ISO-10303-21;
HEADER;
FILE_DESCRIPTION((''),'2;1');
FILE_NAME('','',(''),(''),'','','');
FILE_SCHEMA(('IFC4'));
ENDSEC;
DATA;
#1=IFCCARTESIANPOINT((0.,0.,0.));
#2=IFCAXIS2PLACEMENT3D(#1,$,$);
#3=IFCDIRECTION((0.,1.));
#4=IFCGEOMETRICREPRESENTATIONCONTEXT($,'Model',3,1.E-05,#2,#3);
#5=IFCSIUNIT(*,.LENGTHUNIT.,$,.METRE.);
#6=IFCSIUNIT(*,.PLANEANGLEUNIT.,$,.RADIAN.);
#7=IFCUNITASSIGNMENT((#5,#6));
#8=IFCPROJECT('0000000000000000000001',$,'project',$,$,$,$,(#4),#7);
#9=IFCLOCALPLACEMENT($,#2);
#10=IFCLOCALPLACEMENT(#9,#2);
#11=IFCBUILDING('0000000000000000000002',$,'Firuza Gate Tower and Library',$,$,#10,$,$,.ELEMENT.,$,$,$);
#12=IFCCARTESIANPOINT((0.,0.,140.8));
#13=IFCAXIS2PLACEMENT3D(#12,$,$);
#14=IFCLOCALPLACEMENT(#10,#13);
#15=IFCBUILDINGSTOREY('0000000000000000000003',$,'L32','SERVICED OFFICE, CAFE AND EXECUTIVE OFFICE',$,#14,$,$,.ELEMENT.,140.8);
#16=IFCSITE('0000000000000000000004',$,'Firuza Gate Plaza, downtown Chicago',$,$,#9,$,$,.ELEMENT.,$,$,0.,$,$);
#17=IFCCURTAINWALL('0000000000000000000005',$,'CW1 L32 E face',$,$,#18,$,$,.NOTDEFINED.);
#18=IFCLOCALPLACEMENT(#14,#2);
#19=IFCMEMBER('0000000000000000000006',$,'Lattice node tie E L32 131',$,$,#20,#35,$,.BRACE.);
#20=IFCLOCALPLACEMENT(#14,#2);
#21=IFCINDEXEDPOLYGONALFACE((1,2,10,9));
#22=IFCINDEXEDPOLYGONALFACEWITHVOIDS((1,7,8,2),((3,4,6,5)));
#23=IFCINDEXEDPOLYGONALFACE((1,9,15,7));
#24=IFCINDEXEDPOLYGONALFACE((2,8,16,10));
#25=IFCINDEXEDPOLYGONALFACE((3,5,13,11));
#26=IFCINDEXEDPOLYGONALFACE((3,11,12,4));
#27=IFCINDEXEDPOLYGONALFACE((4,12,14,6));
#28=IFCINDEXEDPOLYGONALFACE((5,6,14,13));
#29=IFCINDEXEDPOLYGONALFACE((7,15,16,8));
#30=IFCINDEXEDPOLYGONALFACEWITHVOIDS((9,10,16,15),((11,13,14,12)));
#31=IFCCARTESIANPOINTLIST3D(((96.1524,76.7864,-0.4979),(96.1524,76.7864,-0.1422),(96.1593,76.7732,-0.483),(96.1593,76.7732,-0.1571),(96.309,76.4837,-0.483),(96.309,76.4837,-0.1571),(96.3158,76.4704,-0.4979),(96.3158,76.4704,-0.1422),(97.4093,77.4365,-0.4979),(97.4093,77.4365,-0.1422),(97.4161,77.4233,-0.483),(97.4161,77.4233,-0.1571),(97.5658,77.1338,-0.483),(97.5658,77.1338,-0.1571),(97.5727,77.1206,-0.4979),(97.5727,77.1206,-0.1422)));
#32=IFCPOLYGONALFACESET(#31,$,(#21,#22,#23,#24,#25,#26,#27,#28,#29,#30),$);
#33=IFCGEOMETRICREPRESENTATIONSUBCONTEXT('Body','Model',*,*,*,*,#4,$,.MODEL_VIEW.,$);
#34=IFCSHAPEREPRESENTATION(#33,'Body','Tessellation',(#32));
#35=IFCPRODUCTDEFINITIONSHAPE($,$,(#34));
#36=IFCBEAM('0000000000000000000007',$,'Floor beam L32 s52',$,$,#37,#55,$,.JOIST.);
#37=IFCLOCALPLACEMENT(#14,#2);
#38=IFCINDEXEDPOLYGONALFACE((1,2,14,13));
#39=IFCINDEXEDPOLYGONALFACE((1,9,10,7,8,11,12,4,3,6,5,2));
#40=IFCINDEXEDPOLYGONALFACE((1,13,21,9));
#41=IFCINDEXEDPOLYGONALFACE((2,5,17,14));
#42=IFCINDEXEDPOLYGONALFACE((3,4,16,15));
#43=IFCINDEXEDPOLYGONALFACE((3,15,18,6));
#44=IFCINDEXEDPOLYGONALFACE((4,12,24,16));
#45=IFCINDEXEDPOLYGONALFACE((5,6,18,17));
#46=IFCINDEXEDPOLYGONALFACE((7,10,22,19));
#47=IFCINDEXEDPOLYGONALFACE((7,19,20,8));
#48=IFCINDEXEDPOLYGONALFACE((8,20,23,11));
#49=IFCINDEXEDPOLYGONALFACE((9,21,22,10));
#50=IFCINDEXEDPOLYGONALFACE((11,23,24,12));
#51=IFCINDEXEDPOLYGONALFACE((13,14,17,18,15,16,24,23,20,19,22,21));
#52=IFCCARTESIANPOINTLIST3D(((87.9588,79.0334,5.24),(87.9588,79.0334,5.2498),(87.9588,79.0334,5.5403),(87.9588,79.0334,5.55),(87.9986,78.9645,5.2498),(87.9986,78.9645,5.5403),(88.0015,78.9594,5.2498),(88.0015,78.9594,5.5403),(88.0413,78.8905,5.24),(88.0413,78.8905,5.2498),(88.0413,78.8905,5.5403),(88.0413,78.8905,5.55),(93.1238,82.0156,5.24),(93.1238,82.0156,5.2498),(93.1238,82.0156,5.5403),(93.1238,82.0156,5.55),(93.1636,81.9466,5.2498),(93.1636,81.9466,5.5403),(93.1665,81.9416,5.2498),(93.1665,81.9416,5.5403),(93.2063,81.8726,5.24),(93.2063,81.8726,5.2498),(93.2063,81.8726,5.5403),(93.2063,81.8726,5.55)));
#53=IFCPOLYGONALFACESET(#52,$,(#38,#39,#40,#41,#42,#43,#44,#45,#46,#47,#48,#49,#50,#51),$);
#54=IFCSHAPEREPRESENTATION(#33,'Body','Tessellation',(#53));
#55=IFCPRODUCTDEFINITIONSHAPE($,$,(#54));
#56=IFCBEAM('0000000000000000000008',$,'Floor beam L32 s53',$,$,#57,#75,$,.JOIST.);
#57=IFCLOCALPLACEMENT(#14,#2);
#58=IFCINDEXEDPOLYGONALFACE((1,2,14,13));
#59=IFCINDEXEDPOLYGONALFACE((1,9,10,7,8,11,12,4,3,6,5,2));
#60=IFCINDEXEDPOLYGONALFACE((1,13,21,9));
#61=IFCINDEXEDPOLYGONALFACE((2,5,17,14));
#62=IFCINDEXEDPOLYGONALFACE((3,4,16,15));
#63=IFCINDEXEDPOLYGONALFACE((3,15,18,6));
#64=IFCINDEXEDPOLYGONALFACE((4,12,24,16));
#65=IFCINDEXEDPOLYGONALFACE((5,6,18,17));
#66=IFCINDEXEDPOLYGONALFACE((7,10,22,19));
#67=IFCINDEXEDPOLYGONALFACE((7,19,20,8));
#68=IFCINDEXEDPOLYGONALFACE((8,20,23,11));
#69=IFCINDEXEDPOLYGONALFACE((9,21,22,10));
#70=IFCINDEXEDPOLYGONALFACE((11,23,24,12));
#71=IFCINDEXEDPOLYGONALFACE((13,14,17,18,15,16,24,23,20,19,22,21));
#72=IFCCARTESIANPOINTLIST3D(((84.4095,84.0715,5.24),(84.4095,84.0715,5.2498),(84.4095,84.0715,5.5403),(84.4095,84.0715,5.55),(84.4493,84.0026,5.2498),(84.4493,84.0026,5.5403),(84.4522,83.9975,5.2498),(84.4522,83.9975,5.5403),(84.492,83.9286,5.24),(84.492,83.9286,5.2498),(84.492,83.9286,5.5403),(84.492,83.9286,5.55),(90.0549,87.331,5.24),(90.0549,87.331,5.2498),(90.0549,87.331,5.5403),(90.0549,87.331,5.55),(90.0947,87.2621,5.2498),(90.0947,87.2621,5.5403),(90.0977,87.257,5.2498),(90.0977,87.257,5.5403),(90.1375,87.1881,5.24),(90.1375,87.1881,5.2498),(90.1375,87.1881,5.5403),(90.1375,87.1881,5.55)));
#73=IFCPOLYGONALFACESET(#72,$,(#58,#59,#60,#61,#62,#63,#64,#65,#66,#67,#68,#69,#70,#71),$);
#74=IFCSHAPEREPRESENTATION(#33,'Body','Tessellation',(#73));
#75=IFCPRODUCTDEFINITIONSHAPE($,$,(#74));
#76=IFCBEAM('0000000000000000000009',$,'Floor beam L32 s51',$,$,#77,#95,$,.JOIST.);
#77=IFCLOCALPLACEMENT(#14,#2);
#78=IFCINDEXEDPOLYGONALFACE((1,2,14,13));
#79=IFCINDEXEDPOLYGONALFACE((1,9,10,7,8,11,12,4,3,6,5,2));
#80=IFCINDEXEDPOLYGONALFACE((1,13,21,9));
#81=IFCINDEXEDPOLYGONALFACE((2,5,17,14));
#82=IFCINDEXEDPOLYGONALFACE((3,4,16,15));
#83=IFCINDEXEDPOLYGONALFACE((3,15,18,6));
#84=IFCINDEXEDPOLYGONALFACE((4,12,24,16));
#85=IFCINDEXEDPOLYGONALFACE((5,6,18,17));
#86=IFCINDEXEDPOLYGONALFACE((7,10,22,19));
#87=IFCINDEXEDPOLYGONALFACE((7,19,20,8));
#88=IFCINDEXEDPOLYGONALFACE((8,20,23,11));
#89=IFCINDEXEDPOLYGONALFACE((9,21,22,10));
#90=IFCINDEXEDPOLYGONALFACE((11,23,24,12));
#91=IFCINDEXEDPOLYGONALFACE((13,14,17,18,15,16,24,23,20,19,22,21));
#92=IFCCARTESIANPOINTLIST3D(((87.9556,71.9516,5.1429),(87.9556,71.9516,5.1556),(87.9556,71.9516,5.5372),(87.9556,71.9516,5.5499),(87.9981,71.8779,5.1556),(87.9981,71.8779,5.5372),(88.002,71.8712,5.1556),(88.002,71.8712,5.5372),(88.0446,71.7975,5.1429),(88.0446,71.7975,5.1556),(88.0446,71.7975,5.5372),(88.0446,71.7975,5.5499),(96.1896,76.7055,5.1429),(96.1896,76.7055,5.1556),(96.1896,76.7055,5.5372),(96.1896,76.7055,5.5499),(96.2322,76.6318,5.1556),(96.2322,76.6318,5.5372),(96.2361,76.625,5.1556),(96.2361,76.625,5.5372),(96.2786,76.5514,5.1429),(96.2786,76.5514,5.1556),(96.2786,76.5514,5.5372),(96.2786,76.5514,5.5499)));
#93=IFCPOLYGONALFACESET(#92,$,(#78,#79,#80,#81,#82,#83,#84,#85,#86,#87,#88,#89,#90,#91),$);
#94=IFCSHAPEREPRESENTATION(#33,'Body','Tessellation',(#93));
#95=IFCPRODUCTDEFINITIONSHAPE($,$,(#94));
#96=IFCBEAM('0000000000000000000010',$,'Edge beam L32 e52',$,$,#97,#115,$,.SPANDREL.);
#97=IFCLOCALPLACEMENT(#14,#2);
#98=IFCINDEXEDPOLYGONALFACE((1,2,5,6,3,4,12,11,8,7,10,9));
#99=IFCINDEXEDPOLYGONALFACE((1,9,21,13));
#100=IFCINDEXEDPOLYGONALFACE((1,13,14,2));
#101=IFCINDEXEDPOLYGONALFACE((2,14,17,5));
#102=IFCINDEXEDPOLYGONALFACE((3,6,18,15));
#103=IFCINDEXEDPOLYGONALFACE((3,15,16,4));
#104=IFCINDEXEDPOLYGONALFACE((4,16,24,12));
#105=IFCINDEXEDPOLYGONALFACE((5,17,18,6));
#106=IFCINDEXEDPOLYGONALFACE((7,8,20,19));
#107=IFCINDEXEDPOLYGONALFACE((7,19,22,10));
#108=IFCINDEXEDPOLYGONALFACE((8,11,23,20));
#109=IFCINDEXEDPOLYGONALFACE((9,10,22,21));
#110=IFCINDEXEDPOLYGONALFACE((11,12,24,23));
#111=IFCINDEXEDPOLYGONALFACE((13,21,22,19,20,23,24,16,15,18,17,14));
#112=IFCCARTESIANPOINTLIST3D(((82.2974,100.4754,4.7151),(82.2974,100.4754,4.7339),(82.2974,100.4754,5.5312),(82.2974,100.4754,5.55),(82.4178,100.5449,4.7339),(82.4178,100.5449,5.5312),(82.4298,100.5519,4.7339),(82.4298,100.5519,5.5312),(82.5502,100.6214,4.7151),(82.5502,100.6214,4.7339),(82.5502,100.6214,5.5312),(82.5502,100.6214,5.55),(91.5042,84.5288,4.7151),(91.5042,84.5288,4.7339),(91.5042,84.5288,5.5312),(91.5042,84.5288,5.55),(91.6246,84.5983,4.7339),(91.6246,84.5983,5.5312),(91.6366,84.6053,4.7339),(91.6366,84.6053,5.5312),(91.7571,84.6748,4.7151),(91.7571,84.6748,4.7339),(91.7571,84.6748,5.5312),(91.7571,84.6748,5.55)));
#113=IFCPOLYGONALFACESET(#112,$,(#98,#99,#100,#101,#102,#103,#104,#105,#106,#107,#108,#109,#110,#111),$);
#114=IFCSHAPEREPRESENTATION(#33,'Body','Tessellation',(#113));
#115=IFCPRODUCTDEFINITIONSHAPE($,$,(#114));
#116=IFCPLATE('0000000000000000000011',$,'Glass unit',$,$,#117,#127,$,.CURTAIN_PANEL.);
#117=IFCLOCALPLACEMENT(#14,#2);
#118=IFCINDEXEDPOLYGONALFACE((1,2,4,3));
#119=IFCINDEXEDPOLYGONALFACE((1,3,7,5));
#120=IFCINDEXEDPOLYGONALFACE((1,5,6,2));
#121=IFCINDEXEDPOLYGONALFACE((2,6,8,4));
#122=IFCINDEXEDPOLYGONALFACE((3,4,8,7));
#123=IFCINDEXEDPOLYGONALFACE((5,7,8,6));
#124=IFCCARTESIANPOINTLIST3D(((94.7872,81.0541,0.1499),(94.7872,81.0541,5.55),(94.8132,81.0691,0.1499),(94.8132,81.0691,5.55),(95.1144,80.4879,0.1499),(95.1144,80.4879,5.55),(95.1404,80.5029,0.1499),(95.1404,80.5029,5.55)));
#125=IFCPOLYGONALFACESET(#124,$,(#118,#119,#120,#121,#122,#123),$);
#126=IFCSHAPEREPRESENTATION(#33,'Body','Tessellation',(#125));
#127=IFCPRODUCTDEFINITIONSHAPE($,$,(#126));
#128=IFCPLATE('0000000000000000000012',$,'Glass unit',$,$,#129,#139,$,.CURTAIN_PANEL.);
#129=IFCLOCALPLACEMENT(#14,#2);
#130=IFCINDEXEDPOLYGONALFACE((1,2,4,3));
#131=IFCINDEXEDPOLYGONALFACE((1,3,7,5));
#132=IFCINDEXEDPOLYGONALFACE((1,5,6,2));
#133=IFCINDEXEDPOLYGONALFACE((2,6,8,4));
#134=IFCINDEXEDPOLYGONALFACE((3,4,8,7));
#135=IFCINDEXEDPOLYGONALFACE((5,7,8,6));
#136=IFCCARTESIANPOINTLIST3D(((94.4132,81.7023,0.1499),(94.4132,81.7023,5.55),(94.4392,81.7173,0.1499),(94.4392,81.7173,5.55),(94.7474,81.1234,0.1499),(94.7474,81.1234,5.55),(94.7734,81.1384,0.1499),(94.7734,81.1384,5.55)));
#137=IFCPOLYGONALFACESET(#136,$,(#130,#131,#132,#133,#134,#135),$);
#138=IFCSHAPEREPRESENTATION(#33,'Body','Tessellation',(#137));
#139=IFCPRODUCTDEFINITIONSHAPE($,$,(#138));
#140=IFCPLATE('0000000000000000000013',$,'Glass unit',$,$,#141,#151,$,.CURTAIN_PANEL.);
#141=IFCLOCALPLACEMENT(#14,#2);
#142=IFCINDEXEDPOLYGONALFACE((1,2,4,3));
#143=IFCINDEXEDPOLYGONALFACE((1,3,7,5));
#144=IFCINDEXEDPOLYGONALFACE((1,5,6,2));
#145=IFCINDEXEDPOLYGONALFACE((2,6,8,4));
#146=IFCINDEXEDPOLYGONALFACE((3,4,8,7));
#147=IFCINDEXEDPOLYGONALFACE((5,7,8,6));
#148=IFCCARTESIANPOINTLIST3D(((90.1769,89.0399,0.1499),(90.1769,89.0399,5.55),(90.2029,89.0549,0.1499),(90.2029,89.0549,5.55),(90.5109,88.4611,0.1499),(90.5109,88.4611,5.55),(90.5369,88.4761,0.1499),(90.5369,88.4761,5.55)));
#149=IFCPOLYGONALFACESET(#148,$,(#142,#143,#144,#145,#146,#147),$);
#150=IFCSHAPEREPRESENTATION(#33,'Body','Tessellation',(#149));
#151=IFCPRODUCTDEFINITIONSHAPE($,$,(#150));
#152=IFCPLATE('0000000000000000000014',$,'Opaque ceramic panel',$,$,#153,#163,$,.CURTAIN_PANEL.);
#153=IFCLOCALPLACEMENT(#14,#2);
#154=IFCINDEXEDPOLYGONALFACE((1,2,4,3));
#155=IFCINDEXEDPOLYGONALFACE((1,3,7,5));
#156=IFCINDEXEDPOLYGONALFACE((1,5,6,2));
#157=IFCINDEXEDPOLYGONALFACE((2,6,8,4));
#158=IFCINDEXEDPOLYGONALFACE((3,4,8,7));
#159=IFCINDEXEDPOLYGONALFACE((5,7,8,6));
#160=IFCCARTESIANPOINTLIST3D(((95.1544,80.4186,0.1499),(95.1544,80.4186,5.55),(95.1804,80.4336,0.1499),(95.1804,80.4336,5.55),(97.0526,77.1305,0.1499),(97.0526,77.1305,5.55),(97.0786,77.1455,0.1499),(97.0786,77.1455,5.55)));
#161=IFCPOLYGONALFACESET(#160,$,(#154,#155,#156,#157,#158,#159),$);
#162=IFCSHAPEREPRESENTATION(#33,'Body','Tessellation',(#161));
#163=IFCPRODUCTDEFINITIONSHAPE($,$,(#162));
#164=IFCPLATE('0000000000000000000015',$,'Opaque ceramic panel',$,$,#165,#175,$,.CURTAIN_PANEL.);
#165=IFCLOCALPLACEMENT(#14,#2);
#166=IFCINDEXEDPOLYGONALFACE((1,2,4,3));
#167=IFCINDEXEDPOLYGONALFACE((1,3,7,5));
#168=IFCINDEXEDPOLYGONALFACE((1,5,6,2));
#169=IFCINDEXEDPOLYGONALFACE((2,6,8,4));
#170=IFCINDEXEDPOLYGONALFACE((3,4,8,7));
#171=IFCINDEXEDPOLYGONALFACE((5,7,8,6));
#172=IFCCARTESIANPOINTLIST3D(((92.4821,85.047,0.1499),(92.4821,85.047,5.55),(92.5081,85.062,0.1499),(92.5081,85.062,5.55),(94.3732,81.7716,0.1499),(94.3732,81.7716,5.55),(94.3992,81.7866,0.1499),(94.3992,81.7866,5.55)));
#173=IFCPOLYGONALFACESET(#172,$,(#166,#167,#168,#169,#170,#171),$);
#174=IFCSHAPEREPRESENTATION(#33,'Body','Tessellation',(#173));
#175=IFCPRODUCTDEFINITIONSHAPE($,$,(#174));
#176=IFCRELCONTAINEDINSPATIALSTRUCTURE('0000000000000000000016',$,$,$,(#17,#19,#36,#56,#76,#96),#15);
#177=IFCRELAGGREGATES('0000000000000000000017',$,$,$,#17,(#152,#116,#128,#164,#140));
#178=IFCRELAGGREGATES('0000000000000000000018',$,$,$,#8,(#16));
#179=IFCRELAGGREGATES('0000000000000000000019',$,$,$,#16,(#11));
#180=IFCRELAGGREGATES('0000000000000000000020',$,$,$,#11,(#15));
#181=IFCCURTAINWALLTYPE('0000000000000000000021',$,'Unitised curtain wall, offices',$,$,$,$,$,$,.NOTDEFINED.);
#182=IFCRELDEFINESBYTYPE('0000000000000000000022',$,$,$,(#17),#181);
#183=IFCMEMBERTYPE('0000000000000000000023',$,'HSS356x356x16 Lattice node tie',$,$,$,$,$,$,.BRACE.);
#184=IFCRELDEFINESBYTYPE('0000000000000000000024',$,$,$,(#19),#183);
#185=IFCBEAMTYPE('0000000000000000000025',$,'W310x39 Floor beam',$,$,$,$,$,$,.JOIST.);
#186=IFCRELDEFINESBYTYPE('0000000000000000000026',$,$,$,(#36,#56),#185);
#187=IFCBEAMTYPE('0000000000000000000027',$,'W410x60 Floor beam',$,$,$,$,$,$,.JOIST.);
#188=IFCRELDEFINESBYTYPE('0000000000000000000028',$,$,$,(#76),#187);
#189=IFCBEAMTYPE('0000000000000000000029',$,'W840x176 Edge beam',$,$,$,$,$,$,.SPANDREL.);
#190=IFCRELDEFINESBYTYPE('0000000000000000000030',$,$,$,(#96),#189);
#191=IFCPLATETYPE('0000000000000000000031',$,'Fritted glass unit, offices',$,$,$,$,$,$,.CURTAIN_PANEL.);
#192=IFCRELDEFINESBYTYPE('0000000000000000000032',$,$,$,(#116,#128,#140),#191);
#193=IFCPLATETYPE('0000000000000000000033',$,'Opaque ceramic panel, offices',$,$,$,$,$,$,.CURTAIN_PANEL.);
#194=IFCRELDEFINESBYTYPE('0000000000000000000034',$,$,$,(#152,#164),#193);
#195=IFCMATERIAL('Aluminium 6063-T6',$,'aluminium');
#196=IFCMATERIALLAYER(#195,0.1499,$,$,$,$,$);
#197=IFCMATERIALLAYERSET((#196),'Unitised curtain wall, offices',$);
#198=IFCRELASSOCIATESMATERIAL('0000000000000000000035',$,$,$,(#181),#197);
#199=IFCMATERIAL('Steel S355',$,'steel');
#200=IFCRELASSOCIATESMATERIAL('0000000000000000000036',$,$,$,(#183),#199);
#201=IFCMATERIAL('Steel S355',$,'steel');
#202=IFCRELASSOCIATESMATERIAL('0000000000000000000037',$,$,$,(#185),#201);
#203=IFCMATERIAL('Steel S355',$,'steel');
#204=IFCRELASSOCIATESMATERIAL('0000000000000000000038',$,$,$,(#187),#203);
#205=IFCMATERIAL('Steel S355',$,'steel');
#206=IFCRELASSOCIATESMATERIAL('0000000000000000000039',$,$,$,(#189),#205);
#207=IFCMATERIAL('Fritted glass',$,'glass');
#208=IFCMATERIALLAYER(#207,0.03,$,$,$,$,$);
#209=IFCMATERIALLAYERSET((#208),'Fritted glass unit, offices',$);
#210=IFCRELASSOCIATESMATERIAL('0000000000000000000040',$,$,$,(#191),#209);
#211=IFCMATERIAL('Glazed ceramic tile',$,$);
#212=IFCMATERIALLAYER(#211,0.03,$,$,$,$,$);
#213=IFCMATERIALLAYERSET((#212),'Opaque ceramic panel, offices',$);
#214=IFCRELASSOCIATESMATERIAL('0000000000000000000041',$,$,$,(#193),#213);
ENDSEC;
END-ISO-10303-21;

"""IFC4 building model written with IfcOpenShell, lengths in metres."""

from ifc_helpers import new_model, si_unit, direction, frame, origin, origin_2d, place, context, subcontext, project, spatial, polyline, hollow_rectangle, i_section, outline, extrude, material, layer, layer_set, material_profile, profile_set, type_object, element, aggregate, save


model = new_model("IFC4")

# Units and contexts
model_context = context("Model", 3, precision=1e-05, world=origin(), true_north=direction((0.0, 1.0)))
body_context = subcontext(model_context, "Body", "Model", "MODEL_VIEW")
ifc_project = project(units=[si_unit("LENGTHUNIT", "METRE"), si_unit("PLANEANGLEUNIT", "RADIAN")], contexts=[model_context])

# Site, building, storey
site_placement = place(None, origin())
site = spatial("IfcSite", under=ifc_project, at=site_placement, Name="Firuza Gate Plaza, downtown Chicago", CompositionType="ELEMENT", RefElevation=0.0)
building_placement = place(site_placement, origin())
building = spatial("IfcBuilding", under=site, at=building_placement, Name="Firuza Gate Tower and Library", CompositionType="ELEMENT")
storey_placement = place(building_placement, frame((0.0, 0.0, 140.8)))
storey = spatial("IfcBuildingStorey", under=building, at=storey_placement, Name="L32", Description="SERVICED OFFICE, CAFE AND EXECUTIVE OFFICE", CompositionType="ELEMENT", Elevation=140.8)

# Curtain wall
ifc_material_1 = material(Name="Aluminium 6063-T6", Category="aluminium")
ifc_layer_1 = layer(ifc_material_1, 0.1499)
ifc_layer_set_1 = layer_set([ifc_layer_1], Name="Unitised curtain wall, offices")
curtain_wall_type = type_object("IfcCurtainWallType", Name="Unitised curtain wall, offices", PredefinedType="NOTDEFINED", material=ifc_layer_set_1)
curtain_wall_placement = place(storey_placement, origin())
curtain_wall = element("IfcCurtainWall", 1, at=curtain_wall_placement, inside=storey, type_object=curtain_wall_type, Name="CW1 L32 E face", PredefinedType="NOTDEFINED")

# Member
ifc_material_2 = material(Name="Steel S355", Category="steel")
ifc_material_profile_1 = material_profile(ifc_material_2, hollow_rectangle(XDim=0.3557, YDim=0.3557, WallThickness=0.0149, at=origin_2d()))
ifc_profile_set_1 = profile_set([ifc_material_profile_1], Name="Steel S355")
member_type_1 = type_object("IfcMemberType", Name="HSS356x356x16 Lattice node tie", PredefinedType="BRACE", material=ifc_profile_set_1)
member_1_placement = place(storey_placement, frame((96.2341, 76.6284, -0.3201), z_axis=(0.888201, 0.459456, 0.0), x_axis=(-0.459456, 0.888201, 0.0)))
element("IfcMember", 2, at=member_1_placement, inside=storey, type_object=member_type_1, Name="Lattice node tie E L32 131", PredefinedType="BRACE", context=body_context, shape_type="SweptSolid", body=[
    extrude(hollow_rectangle(XDim=0.3557, YDim=0.3557, WallThickness=0.0149, at=origin_2d()), origin(), (0.0, 0.0, 1.0), 1.415),
])

# Beams
ifc_material_3 = material(Name="Steel S355", Category="steel")
ifc_material_profile_2 = material_profile(ifc_material_3, i_section(OverallWidth=0.165, OverallDepth=0.3101, WebThickness=0.0059, FlangeThickness=0.0098, at=origin_2d()))
ifc_profile_set_2 = profile_set([ifc_material_profile_2], Name="Steel S355")
beam_type_1 = type_object("IfcBeamType", Name="W310x39 Floor beam", PredefinedType="JOIST", material=ifc_profile_set_2)
beam_1_placement = place(storey_placement, frame((93.165, 81.9441, 5.395), z_axis=(-0.866015, -0.500018, 0.0), x_axis=(0.500018, -0.866015, 0.0)))
element("IfcBeam", 3, at=beam_1_placement, inside=storey, type_object=beam_type_1, Name="Floor beam L32 s52", PredefinedType="JOIST", context=body_context, shape_type="SweptSolid", body=[
    extrude(i_section(OverallWidth=0.165, OverallDepth=0.3101, WebThickness=0.0059, FlangeThickness=0.0098, at=origin_2d()), origin(), (0.0, 0.0, 1.0), 5.9641),
])
beam_2_placement = place(storey_placement, frame((90.0962, 87.2595, 5.395), z_axis=(-0.86602, -0.50001, 0.0), x_axis=(0.50001, -0.86602, 0.0)))
element("IfcBeam", 4, at=beam_2_placement, inside=storey, type_object=beam_type_1, Name="Floor beam L32 s53", PredefinedType="JOIST", context=body_context, shape_type="SweptSolid", body=[
    extrude(i_section(OverallWidth=0.165, OverallDepth=0.3101, WebThickness=0.0059, FlangeThickness=0.0098, at=origin_2d()), origin(), (0.0, 0.0, 1.0), 6.5188),
])
ifc_material_4 = material(Name="Steel S355", Category="steel")
ifc_material_profile_3 = material_profile(ifc_material_4, i_section(OverallWidth=0.178, OverallDepth=0.407, WebThickness=0.0078, FlangeThickness=0.0127, at=origin_2d()))
ifc_profile_set_3 = profile_set([ifc_material_profile_3], Name="Steel S355")
beam_type_2 = type_object("IfcBeamType", Name="W410x60 Floor beam", PredefinedType="JOIST", material=ifc_profile_set_3)
beam_3_placement = place(storey_placement, frame((96.2341, 76.6284, 5.3464), z_axis=(-0.866029, -0.499994, 0.0), x_axis=(0.499994, -0.866029, 0.0)))
element("IfcBeam", 5, at=beam_3_placement, inside=storey, type_object=beam_type_2, Name="Floor beam L32 s51", PredefinedType="JOIST", context=body_context, shape_type="SweptSolid", body=[
    extrude(i_section(OverallWidth=0.178, OverallDepth=0.407, WebThickness=0.0078, FlangeThickness=0.0127, at=origin_2d()), origin(), (0.0, 0.0, 1.0), 9.5078),
])
ifc_material_5 = material(Name="Steel S355", Category="steel")
ifc_material_profile_4 = material_profile(ifc_material_5, i_section(OverallWidth=0.292, OverallDepth=0.835, WebThickness=0.0139, FlangeThickness=0.0188, at=origin_2d()))
ifc_profile_set_4 = profile_set([ifc_material_profile_4], Name="Steel S355")
beam_type_3 = type_object("IfcBeamType", Name="W840x176 Edge beam", PredefinedType="SPANDREL", material=ifc_profile_set_4)
beam_4_placement = place(storey_placement, frame((91.6306, 84.6018, 5.1326), z_axis=(-0.500002, 0.866024, 0.0), x_axis=(-0.866024, -0.500002, 0.0)))
element("IfcBeam", 6, at=beam_4_placement, inside=storey, type_object=beam_type_3, Name="Edge beam L32 e52", PredefinedType="SPANDREL", context=body_context, shape_type="SweptSolid", body=[
    extrude(i_section(OverallWidth=0.292, OverallDepth=0.835, WebThickness=0.0139, FlangeThickness=0.0188, at=origin_2d()), origin(), (0.0, 0.0, 1.0), 18.4136),
])

# Plates
ifc_material_6 = material(Name="Fritted glass", Category="glass")
ifc_layer_2 = layer(ifc_material_6, 0.03)
ifc_layer_set_2 = layer_set([ifc_layer_2], Name="Fritted glass unit, offices")
plate_type_1 = type_object("IfcPlateType", Name="Fritted glass unit, offices", PredefinedType="CURTAIN_PANEL", material=ifc_layer_set_2)
plate_1_placement = place(storey_placement, frame((95.1404, 80.5029, 0.1499), z_axis=(0.865844, 0.500315, 0.0), x_axis=(-0.500315, 0.865844, 0.0)))
plate_1 = element("IfcPlate", 7, at=plate_1_placement, type_object=plate_type_1, Name="Glass unit", PredefinedType="CURTAIN_PANEL", context=body_context, shape_type="SweptSolid", body=[
    extrude(outline(polyline([(0.0, 0.0), (0.6539, 0.0), (0.6539, 5.4001), (0.0, 5.4001), (0.0, 0.0)])), origin(), (0.0, 0.0, -1.0), 0.03),
])
plate_2_placement = place(storey_placement, frame((94.7734, 81.1384, 0.1499), z_axis=(0.866009, 0.500028, 0.0), x_axis=(-0.500028, 0.866009, 0.0)))
plate_2 = element("IfcPlate", 8, at=plate_2_placement, type_object=plate_type_1, Name="Glass unit", PredefinedType="CURTAIN_PANEL", context=body_context, shape_type="SweptSolid", body=[
    extrude(outline(polyline([(0.0, 0.0), (0.6684, 0.0), (0.6684, 5.4001), (0.0, 5.4001), (0.0, 0.0)])), origin(), (0.0, 0.0, -1.0), 0.03),
])
plate_3_placement = place(storey_placement, frame((90.5369, 88.4761, 0.1499), z_axis=(0.866167, 0.499754, 0.0), x_axis=(-0.499754, 0.866167, 0.0)))
plate_3 = element("IfcPlate", 9, at=plate_3_placement, type_object=plate_type_1, Name="Glass unit", PredefinedType="CURTAIN_PANEL", context=body_context, shape_type="SweptSolid", body=[
    extrude(outline(polyline([(0.0, 0.0), (0.6683, 0.0), (0.6683, 5.4001), (0.0, 5.4001), (0.0, 0.0)])), origin(), (0.0, 0.0, -1.0), 0.03),
])
ifc_material_7 = material(Name="Glazed ceramic tile")
ifc_layer_3 = layer(ifc_material_7, 0.03)
ifc_layer_set_3 = layer_set([ifc_layer_3], Name="Opaque ceramic panel, offices")
plate_type_2 = type_object("IfcPlateType", Name="Opaque ceramic panel, offices", PredefinedType="CURTAIN_PANEL", material=ifc_layer_set_3)
plate_4_placement = place(storey_placement, frame((97.0786, 77.1455, 0.1499), z_axis=(0.866046, 0.499964, 0.0), x_axis=(-0.499964, 0.866046, 0.0)))
plate_4 = element("IfcPlate", 10, at=plate_4_placement, type_object=plate_type_2, Name="Opaque ceramic panel", PredefinedType="CURTAIN_PANEL", context=body_context, shape_type="SweptSolid", body=[
    extrude(outline(polyline([(0.0, 0.0), (3.7967, 0.0), (3.7967, 5.4001), (0.0, 5.4001), (0.0, 0.0)])), origin(), (0.0, 0.0, -1.0), 0.03),
])
plate_5_placement = place(storey_placement, frame((94.3992, 81.7866, 0.1499), z_axis=(0.866018, 0.500013, 0.0), x_axis=(-0.500013, 0.866018, 0.0)))
plate_5 = element("IfcPlate", 11, at=plate_5_placement, type_object=plate_type_2, Name="Opaque ceramic panel", PredefinedType="CURTAIN_PANEL", context=body_context, shape_type="SweptSolid", body=[
    extrude(outline(polyline([(0.0, 0.0), (3.7821, 0.0), (3.7821, 5.4001), (0.0, 5.4001), (0.0, 0.0)])), origin(), (0.0, 0.0, -1.0), 0.03),
])
aggregate(curtain_wall, [plate_4, plate_1, plate_2, plate_5, plate_3])

save(model, "model.ifc")
